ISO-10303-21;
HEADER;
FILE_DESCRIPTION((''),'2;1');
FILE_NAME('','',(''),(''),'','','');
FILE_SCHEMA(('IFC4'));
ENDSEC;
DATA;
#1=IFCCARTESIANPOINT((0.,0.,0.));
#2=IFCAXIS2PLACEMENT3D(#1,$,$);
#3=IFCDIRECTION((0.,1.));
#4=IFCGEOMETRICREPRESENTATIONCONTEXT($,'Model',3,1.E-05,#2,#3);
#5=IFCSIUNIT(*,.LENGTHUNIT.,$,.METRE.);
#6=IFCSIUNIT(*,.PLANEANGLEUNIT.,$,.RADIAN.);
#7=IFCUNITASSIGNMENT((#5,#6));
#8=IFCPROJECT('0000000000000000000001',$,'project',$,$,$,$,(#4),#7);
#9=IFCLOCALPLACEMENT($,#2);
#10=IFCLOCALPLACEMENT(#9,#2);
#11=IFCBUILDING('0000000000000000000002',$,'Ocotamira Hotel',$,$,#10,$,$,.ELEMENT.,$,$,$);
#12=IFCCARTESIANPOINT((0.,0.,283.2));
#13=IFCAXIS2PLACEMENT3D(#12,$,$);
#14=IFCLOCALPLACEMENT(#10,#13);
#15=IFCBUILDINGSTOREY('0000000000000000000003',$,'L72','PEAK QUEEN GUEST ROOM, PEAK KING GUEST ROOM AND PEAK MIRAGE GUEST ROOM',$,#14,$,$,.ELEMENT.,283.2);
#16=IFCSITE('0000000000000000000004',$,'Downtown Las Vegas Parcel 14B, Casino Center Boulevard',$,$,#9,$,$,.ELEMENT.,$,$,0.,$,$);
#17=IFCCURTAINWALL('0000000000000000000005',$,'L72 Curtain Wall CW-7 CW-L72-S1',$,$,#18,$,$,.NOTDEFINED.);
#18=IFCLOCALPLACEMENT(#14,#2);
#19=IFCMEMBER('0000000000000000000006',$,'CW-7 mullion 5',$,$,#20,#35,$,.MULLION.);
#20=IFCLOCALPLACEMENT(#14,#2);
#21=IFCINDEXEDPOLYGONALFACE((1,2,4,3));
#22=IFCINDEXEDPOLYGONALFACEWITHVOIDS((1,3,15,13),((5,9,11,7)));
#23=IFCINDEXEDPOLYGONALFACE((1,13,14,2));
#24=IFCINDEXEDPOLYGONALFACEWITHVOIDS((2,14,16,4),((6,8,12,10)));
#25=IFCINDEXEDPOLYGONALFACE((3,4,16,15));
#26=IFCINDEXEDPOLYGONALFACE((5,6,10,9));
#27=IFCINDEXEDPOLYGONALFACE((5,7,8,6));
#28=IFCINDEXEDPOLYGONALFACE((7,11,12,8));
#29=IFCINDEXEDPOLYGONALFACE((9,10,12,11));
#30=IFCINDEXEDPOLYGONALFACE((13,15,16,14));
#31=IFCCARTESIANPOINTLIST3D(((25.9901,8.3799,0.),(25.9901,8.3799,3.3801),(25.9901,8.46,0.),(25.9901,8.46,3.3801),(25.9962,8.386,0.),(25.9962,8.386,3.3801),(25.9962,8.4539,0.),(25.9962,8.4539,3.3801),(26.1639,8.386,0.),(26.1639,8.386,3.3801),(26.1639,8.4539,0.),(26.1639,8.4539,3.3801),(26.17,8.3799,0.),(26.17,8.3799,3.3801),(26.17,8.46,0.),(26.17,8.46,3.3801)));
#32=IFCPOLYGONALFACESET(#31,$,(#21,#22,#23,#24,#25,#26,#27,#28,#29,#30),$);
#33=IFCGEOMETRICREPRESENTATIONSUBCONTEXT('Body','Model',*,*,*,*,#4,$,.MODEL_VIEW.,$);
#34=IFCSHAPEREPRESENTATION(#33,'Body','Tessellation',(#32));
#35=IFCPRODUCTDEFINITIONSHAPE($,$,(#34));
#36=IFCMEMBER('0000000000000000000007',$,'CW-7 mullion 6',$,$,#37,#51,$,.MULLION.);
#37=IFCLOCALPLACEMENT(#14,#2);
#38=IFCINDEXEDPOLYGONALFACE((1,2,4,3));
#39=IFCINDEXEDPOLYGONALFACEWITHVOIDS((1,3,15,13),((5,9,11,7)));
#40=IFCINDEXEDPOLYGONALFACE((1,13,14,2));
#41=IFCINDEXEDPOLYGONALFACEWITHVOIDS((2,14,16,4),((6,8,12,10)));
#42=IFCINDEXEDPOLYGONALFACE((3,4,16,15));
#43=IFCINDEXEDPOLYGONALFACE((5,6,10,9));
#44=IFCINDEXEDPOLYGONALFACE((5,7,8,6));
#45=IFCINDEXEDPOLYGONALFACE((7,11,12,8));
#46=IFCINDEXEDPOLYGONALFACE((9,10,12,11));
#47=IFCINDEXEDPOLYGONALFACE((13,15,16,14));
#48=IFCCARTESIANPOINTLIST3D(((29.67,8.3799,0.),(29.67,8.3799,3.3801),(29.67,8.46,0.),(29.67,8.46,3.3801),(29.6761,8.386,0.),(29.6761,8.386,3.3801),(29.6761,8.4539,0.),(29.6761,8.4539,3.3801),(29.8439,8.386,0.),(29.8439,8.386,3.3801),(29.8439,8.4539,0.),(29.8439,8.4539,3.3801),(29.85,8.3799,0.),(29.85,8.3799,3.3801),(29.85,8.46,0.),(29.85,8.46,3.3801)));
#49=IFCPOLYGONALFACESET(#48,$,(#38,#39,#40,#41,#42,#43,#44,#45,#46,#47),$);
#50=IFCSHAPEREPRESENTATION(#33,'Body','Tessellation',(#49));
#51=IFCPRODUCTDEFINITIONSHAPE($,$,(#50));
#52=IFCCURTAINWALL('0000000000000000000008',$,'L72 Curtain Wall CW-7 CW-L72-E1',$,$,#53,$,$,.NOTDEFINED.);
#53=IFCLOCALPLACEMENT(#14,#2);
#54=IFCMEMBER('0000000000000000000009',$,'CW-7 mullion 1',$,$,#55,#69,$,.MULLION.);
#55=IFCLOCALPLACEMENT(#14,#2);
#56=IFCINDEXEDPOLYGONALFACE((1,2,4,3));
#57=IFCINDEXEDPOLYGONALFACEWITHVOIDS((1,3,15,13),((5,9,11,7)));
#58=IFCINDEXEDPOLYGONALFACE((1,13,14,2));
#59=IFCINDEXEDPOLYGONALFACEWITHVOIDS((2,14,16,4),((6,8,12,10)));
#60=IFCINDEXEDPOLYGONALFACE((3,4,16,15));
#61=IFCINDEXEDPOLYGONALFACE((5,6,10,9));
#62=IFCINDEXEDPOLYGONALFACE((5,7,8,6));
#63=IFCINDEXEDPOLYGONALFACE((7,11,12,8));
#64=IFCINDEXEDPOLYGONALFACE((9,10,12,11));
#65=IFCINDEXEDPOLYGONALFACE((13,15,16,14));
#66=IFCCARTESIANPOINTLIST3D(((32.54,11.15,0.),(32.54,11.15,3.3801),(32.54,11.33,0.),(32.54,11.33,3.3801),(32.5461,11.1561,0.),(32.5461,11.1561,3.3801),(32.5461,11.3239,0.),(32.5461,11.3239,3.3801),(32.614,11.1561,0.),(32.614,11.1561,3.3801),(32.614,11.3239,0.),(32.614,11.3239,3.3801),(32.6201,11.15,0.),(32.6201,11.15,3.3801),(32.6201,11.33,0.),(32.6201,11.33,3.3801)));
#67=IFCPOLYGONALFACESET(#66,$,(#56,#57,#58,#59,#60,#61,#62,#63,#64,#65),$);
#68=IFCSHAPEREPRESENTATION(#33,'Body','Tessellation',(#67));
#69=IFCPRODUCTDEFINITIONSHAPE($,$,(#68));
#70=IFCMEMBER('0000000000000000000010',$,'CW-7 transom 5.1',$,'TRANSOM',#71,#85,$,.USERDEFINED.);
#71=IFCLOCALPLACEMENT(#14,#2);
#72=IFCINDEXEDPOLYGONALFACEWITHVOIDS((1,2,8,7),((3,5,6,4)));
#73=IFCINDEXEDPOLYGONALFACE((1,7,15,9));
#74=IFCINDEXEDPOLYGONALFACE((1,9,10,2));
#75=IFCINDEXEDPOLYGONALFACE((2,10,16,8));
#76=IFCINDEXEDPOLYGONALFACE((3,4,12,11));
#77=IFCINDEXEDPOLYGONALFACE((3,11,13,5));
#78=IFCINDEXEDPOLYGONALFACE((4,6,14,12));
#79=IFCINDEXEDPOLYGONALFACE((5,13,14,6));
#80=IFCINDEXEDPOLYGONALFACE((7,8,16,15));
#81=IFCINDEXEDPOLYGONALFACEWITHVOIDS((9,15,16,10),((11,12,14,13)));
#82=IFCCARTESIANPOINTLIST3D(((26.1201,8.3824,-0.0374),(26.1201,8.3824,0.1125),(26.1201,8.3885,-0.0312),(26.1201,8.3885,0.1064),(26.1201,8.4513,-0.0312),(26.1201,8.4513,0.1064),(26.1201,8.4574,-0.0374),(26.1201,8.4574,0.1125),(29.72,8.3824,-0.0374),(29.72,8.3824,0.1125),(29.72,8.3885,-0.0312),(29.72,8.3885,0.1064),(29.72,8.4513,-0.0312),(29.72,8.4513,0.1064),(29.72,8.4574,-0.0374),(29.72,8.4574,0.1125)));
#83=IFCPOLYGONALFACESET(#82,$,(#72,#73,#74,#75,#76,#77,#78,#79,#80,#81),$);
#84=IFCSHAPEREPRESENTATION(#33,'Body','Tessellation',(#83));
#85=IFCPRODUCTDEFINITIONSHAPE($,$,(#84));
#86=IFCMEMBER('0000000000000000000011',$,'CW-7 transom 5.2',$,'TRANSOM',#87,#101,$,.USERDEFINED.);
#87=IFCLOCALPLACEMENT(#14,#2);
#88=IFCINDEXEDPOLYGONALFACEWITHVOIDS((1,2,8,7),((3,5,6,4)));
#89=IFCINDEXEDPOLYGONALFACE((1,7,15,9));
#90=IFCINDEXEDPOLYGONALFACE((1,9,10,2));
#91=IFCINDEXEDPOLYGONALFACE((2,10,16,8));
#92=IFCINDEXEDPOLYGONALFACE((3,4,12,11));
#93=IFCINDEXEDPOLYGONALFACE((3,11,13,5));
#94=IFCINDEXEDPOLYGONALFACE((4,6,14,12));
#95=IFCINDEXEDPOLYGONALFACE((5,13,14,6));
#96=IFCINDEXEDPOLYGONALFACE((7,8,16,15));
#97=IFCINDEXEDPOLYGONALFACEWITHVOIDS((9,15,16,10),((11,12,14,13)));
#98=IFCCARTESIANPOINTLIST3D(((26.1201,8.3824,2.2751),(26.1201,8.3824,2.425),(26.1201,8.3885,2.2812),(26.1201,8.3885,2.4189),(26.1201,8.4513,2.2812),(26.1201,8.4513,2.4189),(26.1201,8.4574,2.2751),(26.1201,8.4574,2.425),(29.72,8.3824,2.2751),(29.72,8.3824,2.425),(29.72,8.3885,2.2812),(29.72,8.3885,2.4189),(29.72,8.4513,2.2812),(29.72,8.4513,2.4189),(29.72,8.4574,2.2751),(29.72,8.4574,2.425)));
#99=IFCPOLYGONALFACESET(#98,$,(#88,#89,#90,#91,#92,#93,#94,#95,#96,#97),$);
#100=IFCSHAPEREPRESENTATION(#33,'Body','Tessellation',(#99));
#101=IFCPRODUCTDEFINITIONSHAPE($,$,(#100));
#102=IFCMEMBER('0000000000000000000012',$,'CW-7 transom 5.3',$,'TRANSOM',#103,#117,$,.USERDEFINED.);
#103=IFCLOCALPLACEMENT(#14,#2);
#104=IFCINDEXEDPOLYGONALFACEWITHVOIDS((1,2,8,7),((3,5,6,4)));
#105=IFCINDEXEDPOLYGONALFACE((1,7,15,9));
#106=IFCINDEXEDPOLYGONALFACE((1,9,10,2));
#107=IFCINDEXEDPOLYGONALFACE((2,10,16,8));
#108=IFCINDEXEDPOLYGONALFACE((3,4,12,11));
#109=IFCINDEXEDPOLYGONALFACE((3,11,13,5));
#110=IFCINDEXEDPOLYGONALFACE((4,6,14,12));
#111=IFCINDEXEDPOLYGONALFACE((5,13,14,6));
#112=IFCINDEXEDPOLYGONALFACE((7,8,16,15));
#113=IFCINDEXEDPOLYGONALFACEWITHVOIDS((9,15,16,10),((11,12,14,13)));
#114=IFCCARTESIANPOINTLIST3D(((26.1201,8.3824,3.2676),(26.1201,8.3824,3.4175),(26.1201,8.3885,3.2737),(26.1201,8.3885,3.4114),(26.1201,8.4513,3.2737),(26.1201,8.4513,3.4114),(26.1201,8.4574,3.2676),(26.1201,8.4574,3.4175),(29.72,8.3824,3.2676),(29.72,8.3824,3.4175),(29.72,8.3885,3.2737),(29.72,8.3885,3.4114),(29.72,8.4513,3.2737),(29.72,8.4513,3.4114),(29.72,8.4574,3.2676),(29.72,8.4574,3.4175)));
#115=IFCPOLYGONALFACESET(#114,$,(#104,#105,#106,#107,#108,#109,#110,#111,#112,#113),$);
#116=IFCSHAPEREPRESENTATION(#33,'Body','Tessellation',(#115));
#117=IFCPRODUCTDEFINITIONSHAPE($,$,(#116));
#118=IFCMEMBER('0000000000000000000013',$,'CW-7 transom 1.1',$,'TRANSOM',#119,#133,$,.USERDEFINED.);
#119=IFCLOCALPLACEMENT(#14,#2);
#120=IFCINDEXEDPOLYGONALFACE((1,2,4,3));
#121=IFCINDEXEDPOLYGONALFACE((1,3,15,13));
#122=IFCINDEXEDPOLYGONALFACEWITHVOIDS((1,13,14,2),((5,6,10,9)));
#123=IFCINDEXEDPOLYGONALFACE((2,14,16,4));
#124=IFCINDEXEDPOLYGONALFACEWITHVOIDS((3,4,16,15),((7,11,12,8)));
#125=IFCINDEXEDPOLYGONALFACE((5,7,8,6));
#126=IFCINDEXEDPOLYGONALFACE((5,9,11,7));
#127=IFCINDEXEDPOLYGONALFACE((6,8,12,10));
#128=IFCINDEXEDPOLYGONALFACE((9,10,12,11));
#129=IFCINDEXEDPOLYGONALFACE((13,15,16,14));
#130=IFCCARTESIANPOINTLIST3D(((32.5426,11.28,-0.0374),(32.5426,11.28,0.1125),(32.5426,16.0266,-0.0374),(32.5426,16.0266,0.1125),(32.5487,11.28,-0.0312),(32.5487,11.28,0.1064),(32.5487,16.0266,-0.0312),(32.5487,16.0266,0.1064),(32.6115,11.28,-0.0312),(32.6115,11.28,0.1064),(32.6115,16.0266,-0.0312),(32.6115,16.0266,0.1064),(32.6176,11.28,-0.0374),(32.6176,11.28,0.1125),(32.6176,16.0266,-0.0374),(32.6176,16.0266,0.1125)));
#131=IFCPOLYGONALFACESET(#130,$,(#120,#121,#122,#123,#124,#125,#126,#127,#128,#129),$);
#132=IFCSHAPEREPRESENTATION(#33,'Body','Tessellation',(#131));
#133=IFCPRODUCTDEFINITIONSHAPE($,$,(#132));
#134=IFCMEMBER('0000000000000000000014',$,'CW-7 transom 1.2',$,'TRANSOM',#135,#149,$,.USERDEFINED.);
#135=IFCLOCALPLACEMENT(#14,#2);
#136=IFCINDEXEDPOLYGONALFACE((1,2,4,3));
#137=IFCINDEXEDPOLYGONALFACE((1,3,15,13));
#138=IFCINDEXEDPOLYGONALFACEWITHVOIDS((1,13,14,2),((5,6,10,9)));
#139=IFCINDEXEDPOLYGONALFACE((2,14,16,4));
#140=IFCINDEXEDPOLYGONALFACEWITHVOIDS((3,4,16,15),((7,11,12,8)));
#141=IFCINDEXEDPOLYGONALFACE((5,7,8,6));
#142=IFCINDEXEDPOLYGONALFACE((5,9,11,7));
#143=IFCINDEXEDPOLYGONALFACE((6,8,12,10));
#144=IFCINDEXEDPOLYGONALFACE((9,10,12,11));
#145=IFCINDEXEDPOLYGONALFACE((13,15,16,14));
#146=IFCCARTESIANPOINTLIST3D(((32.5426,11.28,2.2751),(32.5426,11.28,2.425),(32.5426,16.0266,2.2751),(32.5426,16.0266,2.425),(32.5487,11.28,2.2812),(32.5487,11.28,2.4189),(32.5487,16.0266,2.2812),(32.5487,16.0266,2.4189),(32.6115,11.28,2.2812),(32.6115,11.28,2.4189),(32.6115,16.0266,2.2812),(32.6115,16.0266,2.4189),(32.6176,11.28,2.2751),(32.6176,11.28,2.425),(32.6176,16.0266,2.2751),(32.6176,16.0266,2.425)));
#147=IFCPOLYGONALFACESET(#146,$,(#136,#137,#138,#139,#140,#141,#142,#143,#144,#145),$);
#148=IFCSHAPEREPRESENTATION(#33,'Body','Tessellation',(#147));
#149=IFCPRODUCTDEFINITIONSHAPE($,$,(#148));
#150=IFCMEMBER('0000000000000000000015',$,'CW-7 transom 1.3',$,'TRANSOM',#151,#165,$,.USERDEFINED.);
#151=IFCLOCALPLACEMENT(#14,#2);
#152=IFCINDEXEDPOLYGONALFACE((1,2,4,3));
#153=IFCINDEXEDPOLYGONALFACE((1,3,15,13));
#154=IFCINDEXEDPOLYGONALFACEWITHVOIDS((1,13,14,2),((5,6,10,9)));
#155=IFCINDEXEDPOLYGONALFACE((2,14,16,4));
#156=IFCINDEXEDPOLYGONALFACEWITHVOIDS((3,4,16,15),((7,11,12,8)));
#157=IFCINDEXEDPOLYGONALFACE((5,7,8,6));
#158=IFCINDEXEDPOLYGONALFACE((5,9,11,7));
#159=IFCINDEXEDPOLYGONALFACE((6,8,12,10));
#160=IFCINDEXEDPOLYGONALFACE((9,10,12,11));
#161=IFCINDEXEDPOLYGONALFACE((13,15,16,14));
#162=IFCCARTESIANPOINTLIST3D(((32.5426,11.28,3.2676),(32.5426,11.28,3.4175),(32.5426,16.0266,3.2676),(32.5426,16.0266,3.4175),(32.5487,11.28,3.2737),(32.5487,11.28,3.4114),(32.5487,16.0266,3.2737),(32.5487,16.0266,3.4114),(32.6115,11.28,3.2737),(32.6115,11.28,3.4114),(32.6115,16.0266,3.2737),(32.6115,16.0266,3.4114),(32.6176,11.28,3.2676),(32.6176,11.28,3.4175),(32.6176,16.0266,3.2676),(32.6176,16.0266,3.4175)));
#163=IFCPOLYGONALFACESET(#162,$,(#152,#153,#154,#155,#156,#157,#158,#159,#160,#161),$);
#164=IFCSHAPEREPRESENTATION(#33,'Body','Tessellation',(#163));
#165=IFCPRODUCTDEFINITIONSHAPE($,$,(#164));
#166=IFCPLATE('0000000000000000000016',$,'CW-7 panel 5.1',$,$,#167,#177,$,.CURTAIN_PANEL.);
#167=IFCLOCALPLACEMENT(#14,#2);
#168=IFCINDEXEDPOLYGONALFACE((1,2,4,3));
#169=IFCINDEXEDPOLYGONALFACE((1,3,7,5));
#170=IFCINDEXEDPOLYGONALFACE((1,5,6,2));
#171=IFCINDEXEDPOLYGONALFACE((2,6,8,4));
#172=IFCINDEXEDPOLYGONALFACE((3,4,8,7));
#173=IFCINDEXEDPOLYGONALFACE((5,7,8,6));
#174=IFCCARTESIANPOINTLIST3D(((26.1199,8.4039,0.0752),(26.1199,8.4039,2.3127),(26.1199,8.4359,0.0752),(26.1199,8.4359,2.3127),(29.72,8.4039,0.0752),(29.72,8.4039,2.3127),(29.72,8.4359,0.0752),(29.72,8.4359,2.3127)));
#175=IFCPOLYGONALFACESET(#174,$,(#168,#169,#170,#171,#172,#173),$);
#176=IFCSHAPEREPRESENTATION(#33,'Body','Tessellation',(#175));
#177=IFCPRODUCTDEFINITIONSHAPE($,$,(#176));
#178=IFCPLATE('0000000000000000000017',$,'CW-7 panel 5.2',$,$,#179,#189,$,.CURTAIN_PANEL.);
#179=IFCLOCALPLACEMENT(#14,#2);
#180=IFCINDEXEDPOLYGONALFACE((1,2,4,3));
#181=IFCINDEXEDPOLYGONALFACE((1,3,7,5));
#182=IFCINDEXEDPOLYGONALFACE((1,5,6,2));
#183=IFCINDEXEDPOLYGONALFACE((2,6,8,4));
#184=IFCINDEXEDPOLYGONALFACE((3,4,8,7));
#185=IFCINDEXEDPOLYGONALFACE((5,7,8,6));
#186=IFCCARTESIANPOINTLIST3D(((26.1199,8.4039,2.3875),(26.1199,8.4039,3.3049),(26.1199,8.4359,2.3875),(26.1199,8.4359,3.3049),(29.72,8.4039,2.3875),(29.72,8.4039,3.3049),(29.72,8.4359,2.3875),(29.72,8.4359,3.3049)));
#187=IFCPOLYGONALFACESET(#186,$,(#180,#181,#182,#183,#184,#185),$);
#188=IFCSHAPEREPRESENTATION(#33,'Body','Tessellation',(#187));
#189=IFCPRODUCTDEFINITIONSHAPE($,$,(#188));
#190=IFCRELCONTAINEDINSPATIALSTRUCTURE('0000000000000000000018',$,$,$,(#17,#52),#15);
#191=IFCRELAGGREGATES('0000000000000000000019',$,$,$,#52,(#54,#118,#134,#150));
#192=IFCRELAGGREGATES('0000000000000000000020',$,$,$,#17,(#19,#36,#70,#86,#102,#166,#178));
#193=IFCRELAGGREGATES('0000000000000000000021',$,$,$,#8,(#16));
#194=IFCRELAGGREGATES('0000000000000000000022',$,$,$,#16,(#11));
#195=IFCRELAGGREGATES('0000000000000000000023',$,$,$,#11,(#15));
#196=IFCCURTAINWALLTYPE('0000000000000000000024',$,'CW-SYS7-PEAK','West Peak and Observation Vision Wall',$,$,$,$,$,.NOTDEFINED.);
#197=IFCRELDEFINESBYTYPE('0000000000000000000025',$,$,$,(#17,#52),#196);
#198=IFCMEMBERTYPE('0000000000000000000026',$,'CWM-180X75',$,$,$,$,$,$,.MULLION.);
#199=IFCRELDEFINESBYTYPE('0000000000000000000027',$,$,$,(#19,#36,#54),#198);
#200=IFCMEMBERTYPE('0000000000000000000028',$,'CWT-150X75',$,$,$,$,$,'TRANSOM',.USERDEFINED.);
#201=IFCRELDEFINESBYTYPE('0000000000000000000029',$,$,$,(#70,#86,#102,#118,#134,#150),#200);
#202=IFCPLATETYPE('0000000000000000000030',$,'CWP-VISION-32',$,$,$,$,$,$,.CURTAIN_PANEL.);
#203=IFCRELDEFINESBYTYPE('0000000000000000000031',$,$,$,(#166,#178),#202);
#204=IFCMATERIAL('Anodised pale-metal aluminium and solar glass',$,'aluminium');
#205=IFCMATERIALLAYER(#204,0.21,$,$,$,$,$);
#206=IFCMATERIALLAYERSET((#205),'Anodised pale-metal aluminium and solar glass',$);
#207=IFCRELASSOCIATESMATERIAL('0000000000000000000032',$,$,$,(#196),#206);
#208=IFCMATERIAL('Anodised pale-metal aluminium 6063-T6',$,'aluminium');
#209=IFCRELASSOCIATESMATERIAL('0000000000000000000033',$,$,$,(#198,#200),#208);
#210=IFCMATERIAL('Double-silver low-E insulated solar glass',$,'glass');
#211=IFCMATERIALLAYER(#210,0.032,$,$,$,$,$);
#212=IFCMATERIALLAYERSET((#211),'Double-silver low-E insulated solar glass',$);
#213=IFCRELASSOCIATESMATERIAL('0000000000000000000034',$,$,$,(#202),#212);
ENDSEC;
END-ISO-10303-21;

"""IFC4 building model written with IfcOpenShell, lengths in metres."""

from ifc_helpers import new_model, si_unit, direction, frame, origin, origin_2d, place, context, subcontext, project, spatial, rectangle, hollow_rectangle, extrude, source, transform, mapped, material, layer, layer_set, material_profile, profile_set, type_object, element, aggregate, save


model = new_model("IFC4")

# Units and contexts
model_context = context("Model", 3, precision=1e-05, world=origin(), true_north=direction((0.0, 1.0)))
body_context = subcontext(model_context, "Body", "Model", "MODEL_VIEW")
ifc_project = project(units=[si_unit("LENGTHUNIT", "METRE"), si_unit("PLANEANGLEUNIT", "RADIAN")], contexts=[model_context])

# Site, building, storey
site_placement = place(None, origin())
site = spatial("IfcSite", under=ifc_project, at=site_placement, Name="Downtown Las Vegas Parcel 14B, Casino Center Boulevard", CompositionType="ELEMENT", RefElevation=0.0)
building_placement = place(site_placement, origin())
building = spatial("IfcBuilding", under=site, at=building_placement, Name="Ocotamira Hotel", CompositionType="ELEMENT")
storey_placement = place(building_placement, frame((0.0, 0.0, 283.2)))
storey = spatial("IfcBuildingStorey", under=building, at=storey_placement, Name="L72", Description="PEAK QUEEN GUEST ROOM, PEAK KING GUEST ROOM AND PEAK MIRAGE GUEST ROOM", CompositionType="ELEMENT", Elevation=283.2)

# Curtain wall, members
ifc_material_1 = material(Name="Anodised pale-metal aluminium and solar glass", Category="aluminium")
ifc_layer_1 = layer(ifc_material_1, 0.21)
ifc_layer_set_1 = layer_set([ifc_layer_1], Name="Anodised pale-metal aluminium and solar glass")
curtain_wall_type = type_object("IfcCurtainWallType", Name="CW-SYS7-PEAK", Description="West Peak and Observation Vision Wall", PredefinedType="NOTDEFINED", material=ifc_layer_set_1)
curtain_wall_1_placement = place(storey_placement, origin())
curtain_wall_1 = element("IfcCurtainWall", 1, at=curtain_wall_1_placement, inside=storey, type_object=curtain_wall_type, Name="L72 Curtain Wall CW-7 CW-L72-S1", PredefinedType="NOTDEFINED")
ifc_material_2 = material(Name="Anodised pale-metal aluminium 6063-T6", Category="aluminium")
ifc_material_profile_1 = material_profile(ifc_material_2, hollow_rectangle(XDim=0.0801, YDim=0.1799, WallThickness=0.0061, at=origin_2d()), Name="HSS180X80X6")
ifc_profile_set_1 = profile_set([ifc_material_profile_1], Name="Anodised pale-metal aluminium 6063-T6")
member_type_1 = type_object("IfcMemberType", Name="CWM-180X75", PredefinedType="MULLION", material=ifc_profile_set_1)
shared_shape_1 = source(origin(), body_context, "Body", "SweptSolid", [
    extrude(hollow_rectangle(XDim=0.0801, YDim=0.1799, WallThickness=0.0061, at=origin_2d()), origin(), (0.0, 0.0, 1.0), 3.3801),
])
member_1_placement = place(storey_placement, frame((26.0801, 8.4199, 0.0), z_axis=(0.0, 0.0, 1.0), x_axis=(0.0, 1.0, 0.0)))
member_1 = element("IfcMember", 2, at=member_1_placement, type_object=member_type_1, Name="CW-7 mullion 5", PredefinedType="MULLION", context=body_context, shape_type="MappedRepresentation", body=[
    mapped(shared_shape_1, transform((0.0, 0.0, 0.0), scale=1.0)),
])
member_2_placement = place(storey_placement, frame((29.76, 8.4199, 0.0), z_axis=(0.0, 0.0, 1.0), x_axis=(0.0, 1.0, 0.0)))
member_2 = element("IfcMember", 3, at=member_2_placement, type_object=member_type_1, Name="CW-7 mullion 6", PredefinedType="MULLION", context=body_context, shape_type="MappedRepresentation", body=[
    mapped(shared_shape_1, transform((0.0, 0.0, 0.0), scale=1.0)),
])

# Curtain wall, member
curtain_wall_2_placement = place(storey_placement, origin())
curtain_wall_2 = element("IfcCurtainWall", 4, at=curtain_wall_2_placement, inside=storey, type_object=curtain_wall_type, Name="L72 Curtain Wall CW-7 CW-L72-E1", PredefinedType="NOTDEFINED")
member_3_placement = place(storey_placement, frame((32.5801, 11.24, 0.0), z_axis=(0.0, 0.0, 1.0), x_axis=(-1.0, 0.0, 0.0)))
member_3 = element("IfcMember", 5, at=member_3_placement, type_object=member_type_1, Name="CW-7 mullion 1", PredefinedType="MULLION", context=body_context, shape_type="MappedRepresentation", body=[
    mapped(shared_shape_1, transform((0.0, 0.0, 0.0), scale=1.0)),
])

# Members
ifc_material_profile_2 = material_profile(ifc_material_2, hollow_rectangle(XDim=0.075, YDim=0.1499, WallThickness=0.0061, at=origin_2d()), Name="HSS150X75X6")
ifc_profile_set_2 = profile_set([ifc_material_profile_2], Name="Anodised pale-metal aluminium 6063-T6")
member_type_2 = type_object("IfcMemberType", Name="CWT-150X75", ElementType="TRANSOM", PredefinedType="USERDEFINED", material=ifc_profile_set_2)
shared_shape_2 = source(origin(), body_context, "Body", "SweptSolid", [
    extrude(hollow_rectangle(XDim=0.075, YDim=0.1499, WallThickness=0.0061, at=origin_2d()), origin(), (0.0, 0.0, 1.0), 3.5999),
])
member_4_placement = place(storey_placement, frame((26.1201, 8.4199, 0.0376), z_axis=(1.0, 0.0, 0.0), x_axis=(0.0, 1.0, 0.0)))
member_4 = element("IfcMember", 6, at=member_4_placement, type_object=member_type_2, Name="CW-7 transom 5.1", ObjectType="TRANSOM", PredefinedType="USERDEFINED", context=body_context, shape_type="MappedRepresentation", body=[
    mapped(shared_shape_2, transform((0.0, 0.0, 0.0), scale=1.0)),
])
member_5_placement = place(storey_placement, frame((26.1201, 8.4199, 2.3501), z_axis=(1.0, 0.0, 0.0), x_axis=(0.0, 1.0, 0.0)))
member_5 = element("IfcMember", 7, at=member_5_placement, type_object=member_type_2, Name="CW-7 transom 5.2", ObjectType="TRANSOM", PredefinedType="USERDEFINED", context=body_context, shape_type="MappedRepresentation", body=[
    mapped(shared_shape_2, transform((0.0, 0.0, 0.0), scale=1.0)),
])
member_6_placement = place(storey_placement, frame((26.1201, 8.4199, 3.3425), z_axis=(1.0, 0.0, 0.0), x_axis=(0.0, 1.0, 0.0)))
member_6 = element("IfcMember", 8, at=member_6_placement, type_object=member_type_2, Name="CW-7 transom 5.3", ObjectType="TRANSOM", PredefinedType="USERDEFINED", context=body_context, shape_type="MappedRepresentation", body=[
    mapped(shared_shape_2, transform((0.0, 0.0, 0.0), scale=1.0)),
])
shared_shape_3 = source(origin(), body_context, "Body", "SweptSolid", [
    extrude(hollow_rectangle(XDim=0.075, YDim=0.1499, WallThickness=0.0061, at=origin_2d()), origin(), (0.0, 0.0, 1.0), 4.7466),
])
member_7_placement = place(storey_placement, frame((32.5801, 11.28, 0.0376), z_axis=(0.0, 1.0, 0.0), x_axis=(-1.0, 0.0, 0.0)))
member_7 = element("IfcMember", 9, at=member_7_placement, type_object=member_type_2, Name="CW-7 transom 1.1", ObjectType="TRANSOM", PredefinedType="USERDEFINED", context=body_context, shape_type="MappedRepresentation", body=[
    mapped(shared_shape_3, transform((0.0, 0.0, 0.0), scale=1.0)),
])
member_8_placement = place(storey_placement, frame((32.5801, 11.28, 2.3501), z_axis=(0.0, 1.0, 0.0), x_axis=(-1.0, 0.0, 0.0)))
member_8 = element("IfcMember", 10, at=member_8_placement, type_object=member_type_2, Name="CW-7 transom 1.2", ObjectType="TRANSOM", PredefinedType="USERDEFINED", context=body_context, shape_type="MappedRepresentation", body=[
    mapped(shared_shape_3, transform((0.0, 0.0, 0.0), scale=1.0)),
])
member_9_placement = place(storey_placement, frame((32.5801, 11.28, 3.3425), z_axis=(0.0, 1.0, 0.0), x_axis=(-1.0, 0.0, 0.0)))
member_9 = element("IfcMember", 11, at=member_9_placement, type_object=member_type_2, Name="CW-7 transom 1.3", ObjectType="TRANSOM", PredefinedType="USERDEFINED", context=body_context, shape_type="MappedRepresentation", body=[
    mapped(shared_shape_3, transform((0.0, 0.0, 0.0), scale=1.0)),
])
aggregate(curtain_wall_2, [member_3, member_7, member_8, member_9])

# Plates
ifc_material_3 = material(Name="Double-silver low-E insulated solar glass", Category="glass")
ifc_layer_2 = layer(ifc_material_3, 0.032)
ifc_layer_set_2 = layer_set([ifc_layer_2], Name="Double-silver low-E insulated solar glass")
plate_type = type_object("IfcPlateType", Name="CWP-VISION-32", PredefinedType="CURTAIN_PANEL", material=ifc_layer_set_2)
shared_shape_4 = source(origin(), body_context, "Body", "SweptSolid", [
    extrude(rectangle(XDim=3.6001, YDim=0.032, at=origin_2d()), origin(), (0.0, 0.0, 1.0), 2.2375),
])
plate_1_placement = place(storey_placement, frame((27.9199, 8.4199, 0.0752), z_axis=(0.0, 0.0, 1.0), x_axis=(1.0, 0.0, 0.0)))
plate_1 = element("IfcPlate", 12, at=plate_1_placement, type_object=plate_type, Name="CW-7 panel 5.1", PredefinedType="CURTAIN_PANEL", context=body_context, shape_type="MappedRepresentation", body=[
    mapped(shared_shape_4, transform((0.0, 0.0, 0.0), scale=1.0)),
])
shared_shape_5 = source(origin(), body_context, "Body", "SweptSolid", [
    extrude(rectangle(XDim=3.6001, YDim=0.032, at=origin_2d()), origin(), (0.0, 0.0, 1.0), 0.9175),
])
plate_2_placement = place(storey_placement, frame((27.9199, 8.4199, 2.3875), z_axis=(0.0, 0.0, 1.0), x_axis=(1.0, 0.0, 0.0)))
plate_2 = element("IfcPlate", 13, at=plate_2_placement, type_object=plate_type, Name="CW-7 panel 5.2", PredefinedType="CURTAIN_PANEL", context=body_context, shape_type="MappedRepresentation", body=[
    mapped(shared_shape_5, transform((0.0, 0.0, 0.0), scale=1.0)),
])
aggregate(curtain_wall_1, [member_1, member_2, member_4, member_5, member_6, plate_1, plate_2])

save(model, "model.ifc")
